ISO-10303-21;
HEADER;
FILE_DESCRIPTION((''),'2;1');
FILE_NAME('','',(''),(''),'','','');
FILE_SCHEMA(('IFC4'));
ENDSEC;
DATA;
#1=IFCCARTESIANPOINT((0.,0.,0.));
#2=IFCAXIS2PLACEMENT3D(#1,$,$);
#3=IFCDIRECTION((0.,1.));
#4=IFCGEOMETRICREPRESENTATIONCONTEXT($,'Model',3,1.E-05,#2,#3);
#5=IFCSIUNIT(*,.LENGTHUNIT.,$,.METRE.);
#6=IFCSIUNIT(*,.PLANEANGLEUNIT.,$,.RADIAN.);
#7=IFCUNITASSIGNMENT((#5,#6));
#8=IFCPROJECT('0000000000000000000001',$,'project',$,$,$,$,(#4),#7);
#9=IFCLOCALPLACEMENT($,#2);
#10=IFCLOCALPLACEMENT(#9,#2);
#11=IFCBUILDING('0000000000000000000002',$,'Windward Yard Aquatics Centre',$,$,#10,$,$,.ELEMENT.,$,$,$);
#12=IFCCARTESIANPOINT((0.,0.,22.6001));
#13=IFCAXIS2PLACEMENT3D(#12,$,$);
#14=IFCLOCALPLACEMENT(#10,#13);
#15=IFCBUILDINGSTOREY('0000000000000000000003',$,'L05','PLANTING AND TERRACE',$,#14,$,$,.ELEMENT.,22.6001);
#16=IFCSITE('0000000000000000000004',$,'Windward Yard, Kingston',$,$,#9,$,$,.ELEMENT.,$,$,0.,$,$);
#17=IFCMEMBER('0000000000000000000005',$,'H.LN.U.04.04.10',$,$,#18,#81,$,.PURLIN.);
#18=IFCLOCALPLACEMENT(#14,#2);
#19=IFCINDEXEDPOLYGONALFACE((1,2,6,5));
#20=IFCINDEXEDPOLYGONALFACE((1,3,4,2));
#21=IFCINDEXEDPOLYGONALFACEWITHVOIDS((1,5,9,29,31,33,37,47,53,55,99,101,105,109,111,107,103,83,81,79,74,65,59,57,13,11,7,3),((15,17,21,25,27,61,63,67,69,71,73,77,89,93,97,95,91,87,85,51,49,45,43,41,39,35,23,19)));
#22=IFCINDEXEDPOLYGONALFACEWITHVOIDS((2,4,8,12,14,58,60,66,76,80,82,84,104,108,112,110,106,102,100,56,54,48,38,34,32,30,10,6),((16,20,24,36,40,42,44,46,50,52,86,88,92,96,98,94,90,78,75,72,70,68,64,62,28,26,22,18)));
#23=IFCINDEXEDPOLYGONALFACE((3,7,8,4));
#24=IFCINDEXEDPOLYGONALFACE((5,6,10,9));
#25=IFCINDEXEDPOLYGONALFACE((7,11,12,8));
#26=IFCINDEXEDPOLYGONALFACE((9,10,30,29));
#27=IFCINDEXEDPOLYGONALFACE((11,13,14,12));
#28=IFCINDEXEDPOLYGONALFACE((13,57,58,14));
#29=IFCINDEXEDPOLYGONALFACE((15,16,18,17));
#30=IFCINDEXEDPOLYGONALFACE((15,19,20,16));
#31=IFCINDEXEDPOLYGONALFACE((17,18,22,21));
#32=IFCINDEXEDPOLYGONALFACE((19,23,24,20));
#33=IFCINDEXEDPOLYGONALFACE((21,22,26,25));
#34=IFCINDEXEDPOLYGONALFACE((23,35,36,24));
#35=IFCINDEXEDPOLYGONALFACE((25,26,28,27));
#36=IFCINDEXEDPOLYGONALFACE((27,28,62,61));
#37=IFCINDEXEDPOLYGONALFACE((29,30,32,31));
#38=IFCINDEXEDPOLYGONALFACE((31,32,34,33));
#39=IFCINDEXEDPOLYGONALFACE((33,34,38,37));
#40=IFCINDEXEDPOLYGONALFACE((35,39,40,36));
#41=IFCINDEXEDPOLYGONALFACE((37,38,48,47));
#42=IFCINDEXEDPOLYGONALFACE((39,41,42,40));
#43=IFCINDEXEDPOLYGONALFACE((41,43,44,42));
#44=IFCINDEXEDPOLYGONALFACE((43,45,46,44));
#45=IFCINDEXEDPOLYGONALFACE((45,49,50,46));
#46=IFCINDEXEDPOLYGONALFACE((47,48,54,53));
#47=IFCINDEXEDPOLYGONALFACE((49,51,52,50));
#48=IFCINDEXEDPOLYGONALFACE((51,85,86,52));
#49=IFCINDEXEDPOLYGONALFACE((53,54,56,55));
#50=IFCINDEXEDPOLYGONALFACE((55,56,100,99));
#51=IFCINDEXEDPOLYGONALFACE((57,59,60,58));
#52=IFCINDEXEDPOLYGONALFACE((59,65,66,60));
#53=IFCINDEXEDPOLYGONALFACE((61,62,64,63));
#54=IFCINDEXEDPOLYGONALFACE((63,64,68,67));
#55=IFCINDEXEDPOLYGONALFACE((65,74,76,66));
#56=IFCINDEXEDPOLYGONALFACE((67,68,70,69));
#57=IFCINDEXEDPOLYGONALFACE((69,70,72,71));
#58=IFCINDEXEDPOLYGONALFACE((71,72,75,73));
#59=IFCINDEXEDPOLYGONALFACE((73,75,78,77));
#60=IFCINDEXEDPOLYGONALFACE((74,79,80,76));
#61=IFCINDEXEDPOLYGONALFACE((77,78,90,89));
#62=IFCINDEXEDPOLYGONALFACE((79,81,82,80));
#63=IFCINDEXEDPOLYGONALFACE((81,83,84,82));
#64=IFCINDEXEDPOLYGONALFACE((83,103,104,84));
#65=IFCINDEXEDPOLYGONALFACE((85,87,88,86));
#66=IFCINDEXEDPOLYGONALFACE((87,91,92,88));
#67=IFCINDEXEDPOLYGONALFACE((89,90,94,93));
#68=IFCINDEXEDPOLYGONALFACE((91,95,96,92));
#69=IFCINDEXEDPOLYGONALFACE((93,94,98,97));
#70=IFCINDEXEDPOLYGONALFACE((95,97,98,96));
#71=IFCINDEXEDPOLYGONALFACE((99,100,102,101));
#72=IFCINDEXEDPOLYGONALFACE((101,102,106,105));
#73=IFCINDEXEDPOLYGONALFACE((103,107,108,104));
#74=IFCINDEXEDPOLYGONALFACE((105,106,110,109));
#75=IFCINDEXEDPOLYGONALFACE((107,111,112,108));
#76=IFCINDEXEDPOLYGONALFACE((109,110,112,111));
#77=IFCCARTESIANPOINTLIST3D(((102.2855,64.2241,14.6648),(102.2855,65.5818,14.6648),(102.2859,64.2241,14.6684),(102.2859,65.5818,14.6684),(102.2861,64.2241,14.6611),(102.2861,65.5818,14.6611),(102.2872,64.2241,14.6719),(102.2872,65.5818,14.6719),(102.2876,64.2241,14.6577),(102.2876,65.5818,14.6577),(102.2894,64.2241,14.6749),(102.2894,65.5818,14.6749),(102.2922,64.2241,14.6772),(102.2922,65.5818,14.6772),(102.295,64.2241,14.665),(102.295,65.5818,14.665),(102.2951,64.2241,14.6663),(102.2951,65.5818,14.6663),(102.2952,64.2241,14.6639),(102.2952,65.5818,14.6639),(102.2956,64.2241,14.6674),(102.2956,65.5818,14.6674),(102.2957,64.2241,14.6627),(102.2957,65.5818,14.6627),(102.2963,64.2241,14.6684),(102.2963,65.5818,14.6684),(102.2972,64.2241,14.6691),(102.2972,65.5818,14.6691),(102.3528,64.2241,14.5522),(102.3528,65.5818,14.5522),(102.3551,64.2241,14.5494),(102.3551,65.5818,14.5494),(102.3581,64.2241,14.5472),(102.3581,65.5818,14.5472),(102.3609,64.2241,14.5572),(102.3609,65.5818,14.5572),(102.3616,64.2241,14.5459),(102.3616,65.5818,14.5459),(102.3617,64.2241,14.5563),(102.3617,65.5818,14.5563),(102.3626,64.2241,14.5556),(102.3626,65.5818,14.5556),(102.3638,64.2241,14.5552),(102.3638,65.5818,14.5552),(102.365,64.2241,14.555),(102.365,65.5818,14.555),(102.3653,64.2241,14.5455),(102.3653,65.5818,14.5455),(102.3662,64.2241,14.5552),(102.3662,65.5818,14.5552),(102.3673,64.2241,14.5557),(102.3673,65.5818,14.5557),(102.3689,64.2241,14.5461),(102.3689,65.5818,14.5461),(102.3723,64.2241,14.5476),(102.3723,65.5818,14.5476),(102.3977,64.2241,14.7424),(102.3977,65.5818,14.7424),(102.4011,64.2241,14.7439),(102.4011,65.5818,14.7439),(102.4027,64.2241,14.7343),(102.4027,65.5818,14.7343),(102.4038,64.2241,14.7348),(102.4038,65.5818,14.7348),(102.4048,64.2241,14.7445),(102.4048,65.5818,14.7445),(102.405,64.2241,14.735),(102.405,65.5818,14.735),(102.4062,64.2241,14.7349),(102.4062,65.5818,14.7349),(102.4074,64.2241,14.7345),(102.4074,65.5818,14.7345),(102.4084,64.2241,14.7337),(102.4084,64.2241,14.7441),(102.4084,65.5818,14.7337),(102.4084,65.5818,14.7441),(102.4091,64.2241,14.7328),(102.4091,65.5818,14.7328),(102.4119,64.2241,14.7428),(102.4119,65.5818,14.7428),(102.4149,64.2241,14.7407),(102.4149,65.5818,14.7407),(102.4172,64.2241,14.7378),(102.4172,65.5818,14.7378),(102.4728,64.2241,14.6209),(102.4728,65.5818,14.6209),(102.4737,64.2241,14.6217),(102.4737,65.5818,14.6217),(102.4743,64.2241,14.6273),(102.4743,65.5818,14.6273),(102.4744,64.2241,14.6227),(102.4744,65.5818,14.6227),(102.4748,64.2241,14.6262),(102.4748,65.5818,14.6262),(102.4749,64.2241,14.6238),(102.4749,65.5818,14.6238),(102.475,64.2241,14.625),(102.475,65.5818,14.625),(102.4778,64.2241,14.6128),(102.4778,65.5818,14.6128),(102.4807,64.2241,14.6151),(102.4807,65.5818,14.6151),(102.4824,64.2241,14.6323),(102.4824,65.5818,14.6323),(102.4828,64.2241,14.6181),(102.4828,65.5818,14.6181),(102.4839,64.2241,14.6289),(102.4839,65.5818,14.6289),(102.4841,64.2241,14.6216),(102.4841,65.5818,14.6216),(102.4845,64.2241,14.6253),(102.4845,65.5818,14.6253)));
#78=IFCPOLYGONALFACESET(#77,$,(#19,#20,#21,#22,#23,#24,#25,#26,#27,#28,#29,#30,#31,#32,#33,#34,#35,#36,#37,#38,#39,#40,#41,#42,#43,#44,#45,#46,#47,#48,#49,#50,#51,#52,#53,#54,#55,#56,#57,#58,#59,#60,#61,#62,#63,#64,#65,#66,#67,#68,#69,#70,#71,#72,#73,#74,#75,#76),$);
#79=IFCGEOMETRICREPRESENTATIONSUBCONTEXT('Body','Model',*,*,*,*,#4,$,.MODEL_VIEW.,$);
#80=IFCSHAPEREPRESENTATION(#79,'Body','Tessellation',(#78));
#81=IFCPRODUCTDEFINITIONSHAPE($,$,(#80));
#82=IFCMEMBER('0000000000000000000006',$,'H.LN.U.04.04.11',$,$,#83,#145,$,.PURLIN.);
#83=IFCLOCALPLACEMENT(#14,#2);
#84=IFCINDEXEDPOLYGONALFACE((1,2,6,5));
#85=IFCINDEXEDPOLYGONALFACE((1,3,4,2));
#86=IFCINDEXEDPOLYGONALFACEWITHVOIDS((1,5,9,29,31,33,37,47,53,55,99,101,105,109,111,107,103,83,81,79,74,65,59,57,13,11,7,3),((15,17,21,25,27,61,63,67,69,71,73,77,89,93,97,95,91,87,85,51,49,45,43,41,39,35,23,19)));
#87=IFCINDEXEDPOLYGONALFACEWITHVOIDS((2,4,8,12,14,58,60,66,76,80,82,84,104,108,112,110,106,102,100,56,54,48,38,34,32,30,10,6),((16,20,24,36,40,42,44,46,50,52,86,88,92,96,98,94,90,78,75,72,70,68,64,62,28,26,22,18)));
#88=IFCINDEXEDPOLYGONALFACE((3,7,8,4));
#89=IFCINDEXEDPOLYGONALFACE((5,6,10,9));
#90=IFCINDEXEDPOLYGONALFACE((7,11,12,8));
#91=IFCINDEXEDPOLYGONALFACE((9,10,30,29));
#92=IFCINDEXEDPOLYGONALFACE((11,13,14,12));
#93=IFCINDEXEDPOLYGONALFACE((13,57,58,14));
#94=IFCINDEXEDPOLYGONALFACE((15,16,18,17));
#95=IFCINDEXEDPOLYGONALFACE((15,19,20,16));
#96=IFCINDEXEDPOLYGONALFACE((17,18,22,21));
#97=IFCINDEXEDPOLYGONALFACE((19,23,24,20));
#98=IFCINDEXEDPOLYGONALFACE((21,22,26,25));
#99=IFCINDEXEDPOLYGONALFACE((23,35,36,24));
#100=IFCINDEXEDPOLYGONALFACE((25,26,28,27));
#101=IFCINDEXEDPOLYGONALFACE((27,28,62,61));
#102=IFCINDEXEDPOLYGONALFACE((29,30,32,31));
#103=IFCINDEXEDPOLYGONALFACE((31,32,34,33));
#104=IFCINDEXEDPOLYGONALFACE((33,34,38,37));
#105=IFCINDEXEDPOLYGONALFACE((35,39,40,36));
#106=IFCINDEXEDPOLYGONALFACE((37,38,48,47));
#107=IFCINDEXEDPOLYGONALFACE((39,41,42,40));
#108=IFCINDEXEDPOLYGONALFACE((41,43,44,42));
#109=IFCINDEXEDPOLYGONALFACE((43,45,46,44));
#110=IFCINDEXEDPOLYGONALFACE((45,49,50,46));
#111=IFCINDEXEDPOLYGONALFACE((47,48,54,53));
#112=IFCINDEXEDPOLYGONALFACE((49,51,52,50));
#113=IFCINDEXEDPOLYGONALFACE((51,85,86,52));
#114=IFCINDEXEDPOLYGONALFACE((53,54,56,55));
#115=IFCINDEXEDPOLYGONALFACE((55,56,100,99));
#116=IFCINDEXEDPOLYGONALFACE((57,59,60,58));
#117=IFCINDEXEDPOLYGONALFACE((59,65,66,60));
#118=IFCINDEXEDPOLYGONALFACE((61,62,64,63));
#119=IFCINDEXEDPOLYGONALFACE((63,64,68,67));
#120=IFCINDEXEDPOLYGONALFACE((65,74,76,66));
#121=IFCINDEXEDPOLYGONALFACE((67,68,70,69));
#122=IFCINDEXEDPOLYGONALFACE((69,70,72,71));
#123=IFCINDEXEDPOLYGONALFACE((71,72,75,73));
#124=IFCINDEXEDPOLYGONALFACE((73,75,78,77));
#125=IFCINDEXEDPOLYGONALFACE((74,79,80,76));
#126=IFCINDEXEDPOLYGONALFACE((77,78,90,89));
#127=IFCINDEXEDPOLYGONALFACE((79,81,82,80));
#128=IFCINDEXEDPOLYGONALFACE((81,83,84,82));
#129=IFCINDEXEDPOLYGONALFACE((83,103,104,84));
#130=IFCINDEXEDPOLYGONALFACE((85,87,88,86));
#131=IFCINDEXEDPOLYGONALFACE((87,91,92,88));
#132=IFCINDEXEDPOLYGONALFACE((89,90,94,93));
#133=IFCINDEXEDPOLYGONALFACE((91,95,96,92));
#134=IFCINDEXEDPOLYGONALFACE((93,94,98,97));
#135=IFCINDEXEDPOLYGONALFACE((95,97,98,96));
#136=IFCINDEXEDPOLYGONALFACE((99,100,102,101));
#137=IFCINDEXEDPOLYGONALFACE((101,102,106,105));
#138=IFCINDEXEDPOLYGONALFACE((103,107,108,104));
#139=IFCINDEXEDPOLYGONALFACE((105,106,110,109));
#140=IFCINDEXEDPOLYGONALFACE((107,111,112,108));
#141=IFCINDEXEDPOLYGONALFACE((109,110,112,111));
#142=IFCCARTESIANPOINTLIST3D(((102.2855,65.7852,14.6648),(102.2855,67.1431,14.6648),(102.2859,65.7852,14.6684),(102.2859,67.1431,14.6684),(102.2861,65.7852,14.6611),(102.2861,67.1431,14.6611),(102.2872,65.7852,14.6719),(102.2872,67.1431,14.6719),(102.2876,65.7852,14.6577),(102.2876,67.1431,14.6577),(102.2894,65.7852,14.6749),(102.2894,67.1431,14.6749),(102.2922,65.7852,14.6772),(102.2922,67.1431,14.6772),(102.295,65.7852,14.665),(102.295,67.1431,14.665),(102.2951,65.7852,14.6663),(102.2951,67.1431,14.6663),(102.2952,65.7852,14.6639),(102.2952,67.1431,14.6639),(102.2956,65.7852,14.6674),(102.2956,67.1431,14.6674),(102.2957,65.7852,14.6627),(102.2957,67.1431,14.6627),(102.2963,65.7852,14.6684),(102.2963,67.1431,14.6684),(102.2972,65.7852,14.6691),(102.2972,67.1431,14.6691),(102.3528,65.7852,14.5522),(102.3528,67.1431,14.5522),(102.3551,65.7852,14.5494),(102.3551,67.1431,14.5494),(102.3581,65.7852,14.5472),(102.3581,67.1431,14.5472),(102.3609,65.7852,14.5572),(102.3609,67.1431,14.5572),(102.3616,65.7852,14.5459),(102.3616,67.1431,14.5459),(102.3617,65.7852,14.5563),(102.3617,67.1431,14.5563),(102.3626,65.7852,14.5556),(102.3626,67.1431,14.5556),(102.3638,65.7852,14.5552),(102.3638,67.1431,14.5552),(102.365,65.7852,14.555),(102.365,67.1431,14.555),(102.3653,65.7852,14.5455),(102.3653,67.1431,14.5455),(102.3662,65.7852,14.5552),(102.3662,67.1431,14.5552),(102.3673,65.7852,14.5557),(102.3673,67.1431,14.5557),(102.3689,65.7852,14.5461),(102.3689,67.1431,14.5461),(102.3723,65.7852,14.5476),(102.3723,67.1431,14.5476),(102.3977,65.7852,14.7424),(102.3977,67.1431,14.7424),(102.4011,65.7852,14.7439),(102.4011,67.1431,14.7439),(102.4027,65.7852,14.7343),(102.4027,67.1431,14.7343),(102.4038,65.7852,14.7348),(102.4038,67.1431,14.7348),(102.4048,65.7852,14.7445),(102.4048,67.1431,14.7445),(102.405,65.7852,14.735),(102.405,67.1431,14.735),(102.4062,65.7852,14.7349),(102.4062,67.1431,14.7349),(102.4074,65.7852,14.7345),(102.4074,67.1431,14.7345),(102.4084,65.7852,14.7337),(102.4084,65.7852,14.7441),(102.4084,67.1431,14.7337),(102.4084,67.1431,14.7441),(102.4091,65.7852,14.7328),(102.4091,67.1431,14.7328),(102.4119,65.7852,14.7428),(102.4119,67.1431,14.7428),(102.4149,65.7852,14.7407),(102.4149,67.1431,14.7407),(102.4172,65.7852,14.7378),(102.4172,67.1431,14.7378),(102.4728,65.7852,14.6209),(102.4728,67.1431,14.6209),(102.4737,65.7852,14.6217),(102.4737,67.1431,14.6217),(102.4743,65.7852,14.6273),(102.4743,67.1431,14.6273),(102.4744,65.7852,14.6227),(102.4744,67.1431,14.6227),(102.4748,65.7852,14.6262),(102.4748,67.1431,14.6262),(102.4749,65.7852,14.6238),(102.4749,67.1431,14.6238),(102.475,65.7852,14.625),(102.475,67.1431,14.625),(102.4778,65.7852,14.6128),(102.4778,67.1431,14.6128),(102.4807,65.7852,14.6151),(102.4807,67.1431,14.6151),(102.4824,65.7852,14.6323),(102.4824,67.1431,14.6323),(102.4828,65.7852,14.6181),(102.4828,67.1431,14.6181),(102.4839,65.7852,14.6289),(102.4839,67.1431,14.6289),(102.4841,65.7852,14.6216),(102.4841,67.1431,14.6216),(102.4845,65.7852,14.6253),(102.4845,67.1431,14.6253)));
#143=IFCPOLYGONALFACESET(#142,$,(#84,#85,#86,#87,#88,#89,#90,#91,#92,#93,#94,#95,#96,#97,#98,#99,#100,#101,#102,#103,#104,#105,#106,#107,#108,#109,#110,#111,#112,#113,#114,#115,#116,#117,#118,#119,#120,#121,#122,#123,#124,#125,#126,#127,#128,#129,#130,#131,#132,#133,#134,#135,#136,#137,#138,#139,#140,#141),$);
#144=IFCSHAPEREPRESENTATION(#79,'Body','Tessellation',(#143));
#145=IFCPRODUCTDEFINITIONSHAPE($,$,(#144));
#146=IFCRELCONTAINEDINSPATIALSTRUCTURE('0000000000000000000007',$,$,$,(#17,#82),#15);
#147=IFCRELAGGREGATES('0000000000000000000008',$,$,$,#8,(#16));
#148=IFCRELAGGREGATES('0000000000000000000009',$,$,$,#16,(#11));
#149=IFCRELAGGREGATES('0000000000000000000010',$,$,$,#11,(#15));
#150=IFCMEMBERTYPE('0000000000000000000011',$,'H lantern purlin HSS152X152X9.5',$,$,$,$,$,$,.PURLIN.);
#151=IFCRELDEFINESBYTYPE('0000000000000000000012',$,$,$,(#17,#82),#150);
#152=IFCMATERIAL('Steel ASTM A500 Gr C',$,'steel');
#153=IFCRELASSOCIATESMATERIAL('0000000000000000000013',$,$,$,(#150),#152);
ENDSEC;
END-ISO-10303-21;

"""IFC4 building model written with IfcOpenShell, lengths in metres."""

from ifc_helpers import new_model, si_unit, direction, frame, origin, origin_2d, place, context, subcontext, project, spatial, hollow_rectangle, extrude, material, material_profile, profile_set, type_object, element, save


model = new_model("IFC4")

# Units and contexts
model_context = context("Model", 3, precision=1e-05, world=origin(), true_north=direction((0.0, 1.0)))
body_context = subcontext(model_context, "Body", "Model", "MODEL_VIEW")
ifc_project = project(units=[si_unit("LENGTHUNIT", "METRE"), si_unit("PLANEANGLEUNIT", "RADIAN")], contexts=[model_context])

# Site, building, storey
site_placement = place(None, origin())
site = spatial("IfcSite", under=ifc_project, at=site_placement, Name="Windward Yard, Kingston", CompositionType="ELEMENT", RefElevation=0.0)
building_placement = place(site_placement, origin())
building = spatial("IfcBuilding", under=site, at=building_placement, Name="Windward Yard Aquatics Centre", CompositionType="ELEMENT")
storey_placement = place(building_placement, frame((0.0, 0.0, 22.6001)))
storey = spatial("IfcBuildingStorey", under=building, at=storey_placement, Name="L05", Description="PLANTING AND TERRACE", CompositionType="ELEMENT", Elevation=22.6001)

# Members
ifc_material_1 = material(Name="Steel ASTM A500 Gr C", Category="steel")
ifc_material_profile = material_profile(ifc_material_1, hollow_rectangle(XDim=0.1523, YDim=0.1523, WallThickness=0.0095, InnerFilletRadius=0.0046, OuterFilletRadius=0.0142, at=origin_2d()), Name="HSS152X152X9.5")
ifc_profile_set = profile_set([ifc_material_profile], Name="Steel ASTM A500 Gr C")
member_type = type_object("IfcMemberType", Name="H lantern purlin HSS152X152X9.5", PredefinedType="PURLIN", material=ifc_profile_set)
member_1_placement = place(storey_placement, frame((102.385, 64.2241, 14.645), z_axis=(0.0, 1.0, 0.0), x_axis=(-0.850755, 0.0, -0.525562)))
element("IfcMember", 1, at=member_1_placement, inside=storey, type_object=member_type, Name="H.LN.U.04.04.10", PredefinedType="PURLIN", context=body_context, shape_type="SweptSolid", body=[
    extrude(hollow_rectangle(XDim=0.1523, YDim=0.1523, WallThickness=0.0095, InnerFilletRadius=0.0046, OuterFilletRadius=0.0142, at=origin_2d()), origin(), (0.0, 0.0, 1.0), 1.3577),
])
for number, where, z_axis, x_axis, name in (
    (2, (102.385, 65.7852, 14.645), (0.0, 1.0, 0.0), (-0.850755, 0.0, -0.525562), "H.LN.U.04.04.11"),
):
    element("IfcMember", number, at=place(storey_placement, frame(where, z_axis=z_axis, x_axis=x_axis)), inside=storey, type_object=member_type, Name=name, PredefinedType="PURLIN", context=body_context, shape_type="SweptSolid", body=[
        extrude(hollow_rectangle(XDim=0.1523, YDim=0.1523, WallThickness=0.0095, InnerFilletRadius=0.0046, OuterFilletRadius=0.0142, at=origin_2d()), origin(), (0.0, 0.0, 1.0), 1.3579),
    ])

save(model, "model.ifc")
